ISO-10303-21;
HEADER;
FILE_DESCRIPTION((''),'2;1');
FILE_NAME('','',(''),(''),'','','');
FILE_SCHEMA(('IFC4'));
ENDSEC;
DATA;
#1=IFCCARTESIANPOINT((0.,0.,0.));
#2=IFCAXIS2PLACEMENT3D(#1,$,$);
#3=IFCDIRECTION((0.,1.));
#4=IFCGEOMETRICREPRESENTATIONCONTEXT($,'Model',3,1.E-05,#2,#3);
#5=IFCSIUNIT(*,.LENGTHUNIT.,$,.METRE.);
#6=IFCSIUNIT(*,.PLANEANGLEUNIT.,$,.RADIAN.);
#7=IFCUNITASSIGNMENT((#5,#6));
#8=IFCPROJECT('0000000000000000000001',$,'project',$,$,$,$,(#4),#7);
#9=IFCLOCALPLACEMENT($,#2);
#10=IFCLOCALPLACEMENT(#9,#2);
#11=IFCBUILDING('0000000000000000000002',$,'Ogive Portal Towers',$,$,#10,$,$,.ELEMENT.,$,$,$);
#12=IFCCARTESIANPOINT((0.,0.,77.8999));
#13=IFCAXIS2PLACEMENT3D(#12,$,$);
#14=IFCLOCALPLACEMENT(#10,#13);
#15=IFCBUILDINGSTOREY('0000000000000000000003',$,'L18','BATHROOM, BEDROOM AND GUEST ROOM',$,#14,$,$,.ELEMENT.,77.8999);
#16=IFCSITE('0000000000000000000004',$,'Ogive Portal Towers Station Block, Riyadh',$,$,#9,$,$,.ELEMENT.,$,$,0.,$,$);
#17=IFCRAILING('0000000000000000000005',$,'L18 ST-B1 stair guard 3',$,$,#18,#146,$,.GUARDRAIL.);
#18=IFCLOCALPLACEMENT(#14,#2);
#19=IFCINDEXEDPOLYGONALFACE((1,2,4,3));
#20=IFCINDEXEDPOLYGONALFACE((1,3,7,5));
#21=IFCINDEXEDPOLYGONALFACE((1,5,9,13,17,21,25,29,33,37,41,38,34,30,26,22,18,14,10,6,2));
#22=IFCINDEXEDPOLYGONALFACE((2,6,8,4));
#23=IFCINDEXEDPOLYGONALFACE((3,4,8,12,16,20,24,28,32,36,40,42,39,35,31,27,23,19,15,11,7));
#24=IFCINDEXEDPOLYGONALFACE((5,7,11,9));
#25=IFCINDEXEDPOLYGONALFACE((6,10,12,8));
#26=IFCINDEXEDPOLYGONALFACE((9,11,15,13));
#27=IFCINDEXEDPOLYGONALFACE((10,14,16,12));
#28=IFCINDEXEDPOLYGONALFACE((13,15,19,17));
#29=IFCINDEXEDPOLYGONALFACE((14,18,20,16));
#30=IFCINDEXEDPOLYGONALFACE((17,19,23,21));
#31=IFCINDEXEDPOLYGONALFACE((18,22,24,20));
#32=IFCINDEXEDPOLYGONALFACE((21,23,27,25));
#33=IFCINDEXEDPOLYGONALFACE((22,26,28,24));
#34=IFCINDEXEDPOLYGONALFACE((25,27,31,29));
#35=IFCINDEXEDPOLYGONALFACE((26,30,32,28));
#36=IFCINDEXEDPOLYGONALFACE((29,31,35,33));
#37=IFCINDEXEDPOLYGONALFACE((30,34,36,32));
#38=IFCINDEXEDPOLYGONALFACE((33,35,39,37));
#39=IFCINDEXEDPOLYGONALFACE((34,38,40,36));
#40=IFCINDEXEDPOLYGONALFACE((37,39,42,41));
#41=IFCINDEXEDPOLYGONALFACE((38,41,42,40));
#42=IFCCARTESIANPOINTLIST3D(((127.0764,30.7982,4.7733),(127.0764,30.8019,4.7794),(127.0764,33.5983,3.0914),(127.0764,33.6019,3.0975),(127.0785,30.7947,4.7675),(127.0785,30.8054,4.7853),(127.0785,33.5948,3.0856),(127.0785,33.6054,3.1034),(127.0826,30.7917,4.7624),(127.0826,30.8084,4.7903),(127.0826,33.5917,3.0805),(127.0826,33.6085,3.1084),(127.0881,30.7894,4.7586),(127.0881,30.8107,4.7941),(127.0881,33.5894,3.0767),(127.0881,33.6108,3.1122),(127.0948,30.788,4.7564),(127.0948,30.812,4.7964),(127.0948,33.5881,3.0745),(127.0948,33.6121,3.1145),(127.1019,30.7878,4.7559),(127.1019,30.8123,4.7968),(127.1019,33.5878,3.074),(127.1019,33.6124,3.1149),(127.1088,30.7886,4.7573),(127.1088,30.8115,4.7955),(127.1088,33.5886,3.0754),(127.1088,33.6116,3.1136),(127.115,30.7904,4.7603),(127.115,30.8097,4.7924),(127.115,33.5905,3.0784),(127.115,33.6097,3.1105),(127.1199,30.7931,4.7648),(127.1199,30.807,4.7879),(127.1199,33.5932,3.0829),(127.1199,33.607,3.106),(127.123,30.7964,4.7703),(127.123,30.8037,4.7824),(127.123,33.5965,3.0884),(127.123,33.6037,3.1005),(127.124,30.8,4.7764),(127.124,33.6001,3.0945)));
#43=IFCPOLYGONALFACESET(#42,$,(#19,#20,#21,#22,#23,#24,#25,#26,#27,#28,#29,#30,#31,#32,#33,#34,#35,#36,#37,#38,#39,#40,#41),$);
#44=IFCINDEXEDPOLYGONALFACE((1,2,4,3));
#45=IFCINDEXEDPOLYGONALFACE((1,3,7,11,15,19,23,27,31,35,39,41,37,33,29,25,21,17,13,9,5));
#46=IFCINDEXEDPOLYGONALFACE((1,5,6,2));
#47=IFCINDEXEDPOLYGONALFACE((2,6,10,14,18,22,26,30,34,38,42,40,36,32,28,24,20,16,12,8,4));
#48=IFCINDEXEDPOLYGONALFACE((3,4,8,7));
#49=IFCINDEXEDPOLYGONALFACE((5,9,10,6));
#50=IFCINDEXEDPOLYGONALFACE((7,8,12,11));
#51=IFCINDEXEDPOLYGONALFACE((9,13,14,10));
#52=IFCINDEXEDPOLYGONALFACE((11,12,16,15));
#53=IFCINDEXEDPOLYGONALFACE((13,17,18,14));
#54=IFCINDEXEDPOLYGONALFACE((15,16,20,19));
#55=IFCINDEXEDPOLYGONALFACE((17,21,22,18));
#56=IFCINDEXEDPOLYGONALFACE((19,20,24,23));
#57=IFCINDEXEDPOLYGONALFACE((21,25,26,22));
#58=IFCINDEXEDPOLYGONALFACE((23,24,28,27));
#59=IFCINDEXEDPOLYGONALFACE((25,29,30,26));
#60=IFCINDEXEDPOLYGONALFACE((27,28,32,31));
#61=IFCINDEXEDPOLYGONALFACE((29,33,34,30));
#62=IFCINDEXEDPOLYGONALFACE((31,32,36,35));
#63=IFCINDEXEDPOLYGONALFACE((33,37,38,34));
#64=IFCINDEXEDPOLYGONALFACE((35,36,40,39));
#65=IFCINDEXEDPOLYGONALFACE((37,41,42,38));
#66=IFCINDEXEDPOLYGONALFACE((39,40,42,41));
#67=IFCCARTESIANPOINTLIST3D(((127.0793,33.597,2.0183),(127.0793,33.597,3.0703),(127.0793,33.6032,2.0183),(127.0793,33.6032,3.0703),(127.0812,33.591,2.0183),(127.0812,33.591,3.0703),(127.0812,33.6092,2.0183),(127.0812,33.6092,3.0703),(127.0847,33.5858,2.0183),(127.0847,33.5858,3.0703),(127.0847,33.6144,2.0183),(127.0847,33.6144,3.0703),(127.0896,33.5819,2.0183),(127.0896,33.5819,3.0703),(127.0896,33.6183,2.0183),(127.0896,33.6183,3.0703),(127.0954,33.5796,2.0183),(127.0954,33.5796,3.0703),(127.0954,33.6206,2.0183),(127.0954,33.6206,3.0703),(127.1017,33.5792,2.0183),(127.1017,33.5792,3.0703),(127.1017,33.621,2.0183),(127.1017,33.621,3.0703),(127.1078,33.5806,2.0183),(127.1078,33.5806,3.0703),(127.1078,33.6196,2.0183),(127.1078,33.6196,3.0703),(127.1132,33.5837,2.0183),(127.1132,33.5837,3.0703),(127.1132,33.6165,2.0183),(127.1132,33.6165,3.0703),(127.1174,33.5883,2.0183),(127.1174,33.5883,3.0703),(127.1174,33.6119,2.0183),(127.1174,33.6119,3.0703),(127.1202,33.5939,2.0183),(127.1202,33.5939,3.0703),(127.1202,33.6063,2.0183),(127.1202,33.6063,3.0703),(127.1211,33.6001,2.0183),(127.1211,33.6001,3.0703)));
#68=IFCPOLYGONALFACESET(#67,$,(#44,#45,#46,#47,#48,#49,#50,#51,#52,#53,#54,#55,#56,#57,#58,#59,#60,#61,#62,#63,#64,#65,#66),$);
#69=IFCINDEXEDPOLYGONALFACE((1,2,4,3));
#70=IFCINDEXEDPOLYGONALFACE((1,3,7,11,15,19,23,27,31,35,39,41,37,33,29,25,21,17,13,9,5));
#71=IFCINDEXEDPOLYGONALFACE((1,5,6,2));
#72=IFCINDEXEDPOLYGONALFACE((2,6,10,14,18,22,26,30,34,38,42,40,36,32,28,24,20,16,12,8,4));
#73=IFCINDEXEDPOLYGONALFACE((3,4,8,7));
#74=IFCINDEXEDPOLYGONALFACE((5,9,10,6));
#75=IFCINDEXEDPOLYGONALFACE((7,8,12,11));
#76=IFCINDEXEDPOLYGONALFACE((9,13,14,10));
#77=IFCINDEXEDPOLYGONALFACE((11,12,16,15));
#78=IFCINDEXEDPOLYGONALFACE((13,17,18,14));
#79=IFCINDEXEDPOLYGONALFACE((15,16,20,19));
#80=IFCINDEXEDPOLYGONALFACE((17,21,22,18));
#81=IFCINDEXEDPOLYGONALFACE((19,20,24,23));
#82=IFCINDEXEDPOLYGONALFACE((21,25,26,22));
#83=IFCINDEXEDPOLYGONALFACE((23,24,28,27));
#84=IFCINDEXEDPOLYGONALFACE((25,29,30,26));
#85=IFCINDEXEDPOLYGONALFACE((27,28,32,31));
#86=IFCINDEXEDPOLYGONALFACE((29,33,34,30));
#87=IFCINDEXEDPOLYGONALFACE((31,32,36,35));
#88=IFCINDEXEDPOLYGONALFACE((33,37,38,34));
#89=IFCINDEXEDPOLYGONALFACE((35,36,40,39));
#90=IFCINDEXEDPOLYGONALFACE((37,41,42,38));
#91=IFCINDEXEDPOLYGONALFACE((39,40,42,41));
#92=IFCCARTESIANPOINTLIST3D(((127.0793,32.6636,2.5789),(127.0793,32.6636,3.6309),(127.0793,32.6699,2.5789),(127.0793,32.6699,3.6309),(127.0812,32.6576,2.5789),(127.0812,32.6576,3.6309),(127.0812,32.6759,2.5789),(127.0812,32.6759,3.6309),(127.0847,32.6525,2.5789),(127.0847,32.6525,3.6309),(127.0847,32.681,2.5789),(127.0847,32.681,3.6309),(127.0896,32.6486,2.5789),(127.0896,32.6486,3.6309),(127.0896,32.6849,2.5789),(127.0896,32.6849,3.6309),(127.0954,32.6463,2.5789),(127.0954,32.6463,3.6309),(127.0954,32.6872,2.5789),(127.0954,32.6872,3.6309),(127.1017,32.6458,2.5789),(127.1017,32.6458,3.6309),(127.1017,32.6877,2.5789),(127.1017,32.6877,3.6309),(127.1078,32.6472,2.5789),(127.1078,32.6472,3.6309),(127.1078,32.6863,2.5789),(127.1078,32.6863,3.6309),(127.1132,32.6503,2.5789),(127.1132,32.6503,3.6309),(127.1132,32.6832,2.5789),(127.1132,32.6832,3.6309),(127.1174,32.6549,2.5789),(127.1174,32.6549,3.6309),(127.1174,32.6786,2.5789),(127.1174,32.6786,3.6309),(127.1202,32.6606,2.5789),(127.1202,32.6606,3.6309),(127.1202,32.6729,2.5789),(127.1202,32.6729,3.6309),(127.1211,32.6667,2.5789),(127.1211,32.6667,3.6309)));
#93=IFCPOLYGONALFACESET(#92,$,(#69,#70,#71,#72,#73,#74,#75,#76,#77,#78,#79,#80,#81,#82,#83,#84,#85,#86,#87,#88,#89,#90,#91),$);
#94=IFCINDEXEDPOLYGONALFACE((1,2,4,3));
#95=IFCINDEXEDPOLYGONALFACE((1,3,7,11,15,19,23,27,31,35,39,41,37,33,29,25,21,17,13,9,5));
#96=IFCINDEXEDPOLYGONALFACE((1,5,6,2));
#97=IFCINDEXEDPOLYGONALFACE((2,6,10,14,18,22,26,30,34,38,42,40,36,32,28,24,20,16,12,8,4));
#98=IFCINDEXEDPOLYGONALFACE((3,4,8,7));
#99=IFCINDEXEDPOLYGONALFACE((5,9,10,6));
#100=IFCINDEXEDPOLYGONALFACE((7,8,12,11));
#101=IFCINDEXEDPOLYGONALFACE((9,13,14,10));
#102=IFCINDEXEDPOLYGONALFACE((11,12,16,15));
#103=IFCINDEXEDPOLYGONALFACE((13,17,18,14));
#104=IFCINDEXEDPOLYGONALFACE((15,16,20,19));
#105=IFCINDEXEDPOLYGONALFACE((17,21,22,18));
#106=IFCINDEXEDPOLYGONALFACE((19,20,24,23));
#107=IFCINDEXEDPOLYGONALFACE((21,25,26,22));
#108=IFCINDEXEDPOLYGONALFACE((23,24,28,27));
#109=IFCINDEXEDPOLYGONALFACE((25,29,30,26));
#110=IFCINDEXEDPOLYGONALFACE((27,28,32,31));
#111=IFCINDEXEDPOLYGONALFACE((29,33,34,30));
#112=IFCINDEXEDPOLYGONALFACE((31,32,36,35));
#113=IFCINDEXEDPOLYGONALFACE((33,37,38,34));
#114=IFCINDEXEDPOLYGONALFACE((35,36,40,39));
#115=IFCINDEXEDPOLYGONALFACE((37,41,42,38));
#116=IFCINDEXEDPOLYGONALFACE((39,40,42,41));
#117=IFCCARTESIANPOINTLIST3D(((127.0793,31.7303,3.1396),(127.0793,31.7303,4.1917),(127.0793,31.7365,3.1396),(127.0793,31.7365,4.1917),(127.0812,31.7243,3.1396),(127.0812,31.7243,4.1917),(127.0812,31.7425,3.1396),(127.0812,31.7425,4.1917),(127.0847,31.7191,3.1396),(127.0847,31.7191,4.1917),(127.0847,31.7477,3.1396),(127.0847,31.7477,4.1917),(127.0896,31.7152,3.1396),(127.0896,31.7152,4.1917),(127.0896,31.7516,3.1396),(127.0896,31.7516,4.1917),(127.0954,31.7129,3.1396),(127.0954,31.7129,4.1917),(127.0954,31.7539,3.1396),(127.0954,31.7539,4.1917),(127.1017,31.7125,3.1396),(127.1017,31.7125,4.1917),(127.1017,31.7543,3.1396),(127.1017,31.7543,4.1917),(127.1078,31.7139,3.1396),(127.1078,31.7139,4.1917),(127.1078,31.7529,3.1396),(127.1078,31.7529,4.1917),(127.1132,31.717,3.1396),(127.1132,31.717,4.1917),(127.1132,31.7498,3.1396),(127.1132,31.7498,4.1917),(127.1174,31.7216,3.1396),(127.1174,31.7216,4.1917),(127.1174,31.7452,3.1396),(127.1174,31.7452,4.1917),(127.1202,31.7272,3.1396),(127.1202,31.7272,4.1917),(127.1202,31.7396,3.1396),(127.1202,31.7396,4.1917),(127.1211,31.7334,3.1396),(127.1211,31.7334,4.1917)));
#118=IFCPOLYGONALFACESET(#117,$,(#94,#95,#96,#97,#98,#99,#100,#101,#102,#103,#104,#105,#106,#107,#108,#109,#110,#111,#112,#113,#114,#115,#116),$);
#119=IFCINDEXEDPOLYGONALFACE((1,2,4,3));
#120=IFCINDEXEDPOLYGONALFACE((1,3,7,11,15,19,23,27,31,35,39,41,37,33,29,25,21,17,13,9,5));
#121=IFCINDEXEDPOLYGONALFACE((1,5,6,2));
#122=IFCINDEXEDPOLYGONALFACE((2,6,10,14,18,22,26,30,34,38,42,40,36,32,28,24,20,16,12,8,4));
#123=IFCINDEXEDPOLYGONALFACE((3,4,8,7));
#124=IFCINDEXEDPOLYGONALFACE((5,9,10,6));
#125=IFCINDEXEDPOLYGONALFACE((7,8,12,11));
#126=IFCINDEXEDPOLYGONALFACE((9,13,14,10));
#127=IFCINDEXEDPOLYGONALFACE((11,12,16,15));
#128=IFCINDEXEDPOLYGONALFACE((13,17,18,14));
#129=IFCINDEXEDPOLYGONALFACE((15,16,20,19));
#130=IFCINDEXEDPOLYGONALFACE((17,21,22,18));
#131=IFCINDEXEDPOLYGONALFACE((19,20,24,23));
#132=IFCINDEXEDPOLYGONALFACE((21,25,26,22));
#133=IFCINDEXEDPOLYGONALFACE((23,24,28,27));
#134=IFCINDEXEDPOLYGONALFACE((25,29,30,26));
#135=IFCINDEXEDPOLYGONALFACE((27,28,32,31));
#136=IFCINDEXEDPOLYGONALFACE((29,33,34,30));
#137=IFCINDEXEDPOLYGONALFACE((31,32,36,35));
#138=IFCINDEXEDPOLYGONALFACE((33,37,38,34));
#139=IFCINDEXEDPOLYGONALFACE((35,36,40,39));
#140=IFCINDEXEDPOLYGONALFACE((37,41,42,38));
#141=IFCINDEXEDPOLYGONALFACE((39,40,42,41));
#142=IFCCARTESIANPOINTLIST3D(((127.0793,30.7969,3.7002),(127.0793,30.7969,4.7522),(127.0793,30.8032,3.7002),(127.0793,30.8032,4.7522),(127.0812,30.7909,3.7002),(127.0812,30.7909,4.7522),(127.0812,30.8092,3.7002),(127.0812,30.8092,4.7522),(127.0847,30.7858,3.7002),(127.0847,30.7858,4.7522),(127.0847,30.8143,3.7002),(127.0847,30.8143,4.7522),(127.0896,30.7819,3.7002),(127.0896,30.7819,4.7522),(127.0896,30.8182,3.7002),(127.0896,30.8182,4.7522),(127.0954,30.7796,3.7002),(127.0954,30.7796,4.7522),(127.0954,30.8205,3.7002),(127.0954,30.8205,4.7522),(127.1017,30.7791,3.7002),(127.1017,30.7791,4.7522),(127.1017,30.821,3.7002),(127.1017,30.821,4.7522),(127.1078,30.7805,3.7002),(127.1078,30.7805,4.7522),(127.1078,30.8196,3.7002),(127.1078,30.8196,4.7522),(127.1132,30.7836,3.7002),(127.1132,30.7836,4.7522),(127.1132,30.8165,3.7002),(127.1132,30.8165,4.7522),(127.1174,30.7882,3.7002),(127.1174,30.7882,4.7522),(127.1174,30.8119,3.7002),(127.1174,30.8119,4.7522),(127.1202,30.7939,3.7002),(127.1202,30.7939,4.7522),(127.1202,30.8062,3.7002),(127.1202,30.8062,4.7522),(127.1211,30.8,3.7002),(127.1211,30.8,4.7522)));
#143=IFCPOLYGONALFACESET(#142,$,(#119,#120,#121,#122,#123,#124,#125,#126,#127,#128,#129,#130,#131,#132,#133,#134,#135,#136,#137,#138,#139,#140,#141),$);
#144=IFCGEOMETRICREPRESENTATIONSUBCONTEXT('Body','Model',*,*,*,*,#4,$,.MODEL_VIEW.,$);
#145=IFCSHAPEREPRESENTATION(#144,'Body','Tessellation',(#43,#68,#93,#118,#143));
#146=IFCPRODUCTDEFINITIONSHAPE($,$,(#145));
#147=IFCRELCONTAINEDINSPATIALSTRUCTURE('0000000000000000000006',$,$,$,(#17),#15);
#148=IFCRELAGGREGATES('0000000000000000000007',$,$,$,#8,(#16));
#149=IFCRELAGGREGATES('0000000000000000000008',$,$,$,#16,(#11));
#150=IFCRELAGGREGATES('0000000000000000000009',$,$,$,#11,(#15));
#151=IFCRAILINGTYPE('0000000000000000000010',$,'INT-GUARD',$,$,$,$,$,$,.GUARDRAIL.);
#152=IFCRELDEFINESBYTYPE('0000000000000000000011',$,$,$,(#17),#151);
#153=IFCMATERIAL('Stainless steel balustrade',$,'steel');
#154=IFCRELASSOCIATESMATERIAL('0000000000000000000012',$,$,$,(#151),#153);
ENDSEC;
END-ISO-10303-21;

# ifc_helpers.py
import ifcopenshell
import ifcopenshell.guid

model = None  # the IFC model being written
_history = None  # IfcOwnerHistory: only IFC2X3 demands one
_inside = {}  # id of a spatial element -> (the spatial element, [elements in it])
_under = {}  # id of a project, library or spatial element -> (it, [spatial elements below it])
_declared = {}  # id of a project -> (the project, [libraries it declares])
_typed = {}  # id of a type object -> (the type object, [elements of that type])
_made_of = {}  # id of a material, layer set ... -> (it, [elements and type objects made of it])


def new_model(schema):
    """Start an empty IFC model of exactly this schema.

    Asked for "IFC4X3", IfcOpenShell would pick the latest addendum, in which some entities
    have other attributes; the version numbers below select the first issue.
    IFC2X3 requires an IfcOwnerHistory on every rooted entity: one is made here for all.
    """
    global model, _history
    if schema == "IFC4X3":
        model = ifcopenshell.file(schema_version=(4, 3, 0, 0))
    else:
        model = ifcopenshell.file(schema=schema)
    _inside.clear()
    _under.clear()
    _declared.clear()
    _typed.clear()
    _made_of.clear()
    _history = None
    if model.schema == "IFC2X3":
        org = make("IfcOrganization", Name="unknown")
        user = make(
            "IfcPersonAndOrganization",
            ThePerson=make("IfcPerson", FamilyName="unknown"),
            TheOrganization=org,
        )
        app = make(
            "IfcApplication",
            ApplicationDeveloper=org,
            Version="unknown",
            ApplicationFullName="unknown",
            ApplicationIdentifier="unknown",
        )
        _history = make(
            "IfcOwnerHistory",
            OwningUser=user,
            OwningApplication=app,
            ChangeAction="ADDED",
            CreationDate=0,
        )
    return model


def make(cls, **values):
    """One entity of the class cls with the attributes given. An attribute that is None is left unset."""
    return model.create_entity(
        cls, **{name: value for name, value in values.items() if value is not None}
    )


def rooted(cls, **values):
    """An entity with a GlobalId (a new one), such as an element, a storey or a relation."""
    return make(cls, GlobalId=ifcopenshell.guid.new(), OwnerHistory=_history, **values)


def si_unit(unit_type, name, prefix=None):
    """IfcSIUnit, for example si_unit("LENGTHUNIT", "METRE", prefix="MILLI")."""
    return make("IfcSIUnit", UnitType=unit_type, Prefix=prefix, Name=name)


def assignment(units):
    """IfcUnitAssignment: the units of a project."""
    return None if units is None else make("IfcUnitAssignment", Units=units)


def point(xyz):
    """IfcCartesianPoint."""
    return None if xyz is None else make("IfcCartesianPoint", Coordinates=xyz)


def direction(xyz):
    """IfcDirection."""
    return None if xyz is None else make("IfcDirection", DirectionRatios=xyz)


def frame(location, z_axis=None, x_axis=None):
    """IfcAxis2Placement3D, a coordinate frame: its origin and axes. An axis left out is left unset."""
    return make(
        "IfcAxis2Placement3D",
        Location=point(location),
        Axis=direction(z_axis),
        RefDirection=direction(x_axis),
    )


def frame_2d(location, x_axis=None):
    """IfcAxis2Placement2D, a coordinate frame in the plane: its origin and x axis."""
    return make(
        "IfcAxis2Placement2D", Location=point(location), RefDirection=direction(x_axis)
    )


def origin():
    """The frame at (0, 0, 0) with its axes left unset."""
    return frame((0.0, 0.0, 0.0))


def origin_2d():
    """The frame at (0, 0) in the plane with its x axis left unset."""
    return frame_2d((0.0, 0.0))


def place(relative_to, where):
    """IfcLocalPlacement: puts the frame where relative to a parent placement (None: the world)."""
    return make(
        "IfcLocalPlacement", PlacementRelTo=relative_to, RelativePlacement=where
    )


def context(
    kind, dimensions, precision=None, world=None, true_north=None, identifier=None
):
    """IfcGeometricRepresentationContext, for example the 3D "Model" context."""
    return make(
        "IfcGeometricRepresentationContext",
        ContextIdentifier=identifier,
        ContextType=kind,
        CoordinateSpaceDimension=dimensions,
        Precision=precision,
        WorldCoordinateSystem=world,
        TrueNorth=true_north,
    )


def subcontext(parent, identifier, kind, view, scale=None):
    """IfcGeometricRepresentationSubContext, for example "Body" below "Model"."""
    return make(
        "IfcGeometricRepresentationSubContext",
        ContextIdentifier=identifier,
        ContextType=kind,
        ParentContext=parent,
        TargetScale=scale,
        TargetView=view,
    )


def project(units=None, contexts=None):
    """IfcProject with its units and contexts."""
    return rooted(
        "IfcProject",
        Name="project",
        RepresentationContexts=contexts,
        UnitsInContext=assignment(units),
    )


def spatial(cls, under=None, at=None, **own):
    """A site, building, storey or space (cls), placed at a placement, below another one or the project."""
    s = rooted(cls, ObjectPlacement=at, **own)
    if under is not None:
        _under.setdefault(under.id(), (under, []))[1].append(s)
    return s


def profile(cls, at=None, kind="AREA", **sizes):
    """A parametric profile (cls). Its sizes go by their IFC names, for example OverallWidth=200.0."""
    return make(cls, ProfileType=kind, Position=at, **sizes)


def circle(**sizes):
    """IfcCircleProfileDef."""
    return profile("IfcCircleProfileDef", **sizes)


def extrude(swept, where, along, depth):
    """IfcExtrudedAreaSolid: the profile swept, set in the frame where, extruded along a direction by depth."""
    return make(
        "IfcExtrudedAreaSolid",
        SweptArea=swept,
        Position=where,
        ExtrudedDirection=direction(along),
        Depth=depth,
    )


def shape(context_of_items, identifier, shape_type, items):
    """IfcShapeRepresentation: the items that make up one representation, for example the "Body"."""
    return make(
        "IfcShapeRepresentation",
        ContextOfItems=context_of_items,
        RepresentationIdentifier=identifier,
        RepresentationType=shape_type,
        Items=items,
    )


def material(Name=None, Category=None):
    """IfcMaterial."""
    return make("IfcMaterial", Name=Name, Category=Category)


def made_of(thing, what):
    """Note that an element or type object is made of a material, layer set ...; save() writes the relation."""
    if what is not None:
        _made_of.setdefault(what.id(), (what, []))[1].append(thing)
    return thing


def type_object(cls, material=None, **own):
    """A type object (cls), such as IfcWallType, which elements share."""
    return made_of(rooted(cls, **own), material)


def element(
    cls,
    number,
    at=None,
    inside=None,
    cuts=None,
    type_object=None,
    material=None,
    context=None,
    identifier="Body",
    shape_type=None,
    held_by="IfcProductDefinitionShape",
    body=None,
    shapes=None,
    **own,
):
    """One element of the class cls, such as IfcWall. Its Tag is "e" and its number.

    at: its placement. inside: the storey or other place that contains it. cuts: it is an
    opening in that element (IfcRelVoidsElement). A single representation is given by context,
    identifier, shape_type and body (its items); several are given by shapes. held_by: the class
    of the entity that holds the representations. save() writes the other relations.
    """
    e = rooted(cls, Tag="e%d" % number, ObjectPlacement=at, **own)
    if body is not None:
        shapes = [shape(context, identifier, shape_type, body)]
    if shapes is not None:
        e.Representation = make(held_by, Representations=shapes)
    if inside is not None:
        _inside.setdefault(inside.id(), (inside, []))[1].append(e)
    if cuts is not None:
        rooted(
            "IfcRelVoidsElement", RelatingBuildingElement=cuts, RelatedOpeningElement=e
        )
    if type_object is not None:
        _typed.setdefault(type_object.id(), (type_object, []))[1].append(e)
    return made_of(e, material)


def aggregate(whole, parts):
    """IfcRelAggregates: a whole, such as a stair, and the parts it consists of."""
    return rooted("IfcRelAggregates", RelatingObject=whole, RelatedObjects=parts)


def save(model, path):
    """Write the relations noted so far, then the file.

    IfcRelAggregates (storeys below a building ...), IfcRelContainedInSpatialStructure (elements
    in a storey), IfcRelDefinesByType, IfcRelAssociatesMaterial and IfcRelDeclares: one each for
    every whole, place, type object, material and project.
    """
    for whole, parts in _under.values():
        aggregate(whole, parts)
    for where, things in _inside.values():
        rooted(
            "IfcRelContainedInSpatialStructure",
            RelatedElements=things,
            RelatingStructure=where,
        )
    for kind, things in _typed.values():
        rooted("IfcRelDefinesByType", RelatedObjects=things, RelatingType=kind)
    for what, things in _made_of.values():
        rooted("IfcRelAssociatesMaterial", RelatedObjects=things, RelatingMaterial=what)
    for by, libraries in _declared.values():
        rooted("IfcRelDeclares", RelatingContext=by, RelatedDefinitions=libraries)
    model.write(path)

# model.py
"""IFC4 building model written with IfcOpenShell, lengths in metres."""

from ifc_helpers import new_model, si_unit, direction, frame, origin, origin_2d, place, context, subcontext, project, spatial, circle, extrude, material, type_object, element, save


model = new_model("IFC4")

# Units and contexts
model_context = context("Model", 3, precision=1e-05, world=origin(), true_north=direction((0.0, 1.0)))
body_context = subcontext(model_context, "Body", "Model", "MODEL_VIEW")
ifc_project = project(units=[si_unit("LENGTHUNIT", "METRE"), si_unit("PLANEANGLEUNIT", "RADIAN")], contexts=[model_context])

# Site, building, storey
site_placement = place(None, origin())
site = spatial("IfcSite", under=ifc_project, at=site_placement, Name="Ogive Portal Towers Station Block, Riyadh", CompositionType="ELEMENT", RefElevation=0.0)
building_placement = place(site_placement, origin())
building = spatial("IfcBuilding", under=site, at=building_placement, Name="Ogive Portal Towers", CompositionType="ELEMENT")
storey_placement = place(building_placement, frame((0.0, 0.0, 77.8999)))
storey = spatial("IfcBuildingStorey", under=building, at=storey_placement, Name="L18", Description="BATHROOM, BEDROOM AND GUEST ROOM", CompositionType="ELEMENT", Elevation=77.8999)

# Railing
ifc_material_1 = material(Name="Stainless steel balustrade", Category="steel")
railing_type_1 = type_object("IfcRailingType", Name="INT-GUARD", PredefinedType="GUARDRAIL", material=ifc_material_1)
railing_1_placement = place(storey_placement, frame((127.1001, 33.6001, 2.0183)))
element("IfcRailing", 1, at=railing_1_placement, inside=storey, type_object=railing_type_1, Name="L18 ST-B1 stair guard 3", PredefinedType="GUARDRAIL", context=body_context, shape_type="SweptSolid", body=[
    extrude(circle(Radius=0.0239, at=origin_2d()), frame((0.0, 0.0, 1.0762), z_axis=(0.0, -0.857242, 0.514913), x_axis=(1.0, 0.0, 0.0)), (0.0, 0.0, 1.0), 3.2664),
    extrude(circle(Radius=0.021, at=origin_2d()), origin(), (0.0, 0.0, 1.0), 1.052),
    extrude(circle(Radius=0.021, at=origin_2d()), frame((0.0, -0.9333, 0.5605)), (0.0, 0.0, 1.0), 1.052),
    extrude(circle(Radius=0.021, at=origin_2d()), frame((0.0, -1.8667, 1.1213)), (0.0, 0.0, 1.0), 1.052),
    extrude(circle(Radius=0.021, at=origin_2d()), frame((0.0, -2.8, 1.6819)), (0.0, 0.0, 1.0), 1.052),
])

save(model, "model.ifc")
